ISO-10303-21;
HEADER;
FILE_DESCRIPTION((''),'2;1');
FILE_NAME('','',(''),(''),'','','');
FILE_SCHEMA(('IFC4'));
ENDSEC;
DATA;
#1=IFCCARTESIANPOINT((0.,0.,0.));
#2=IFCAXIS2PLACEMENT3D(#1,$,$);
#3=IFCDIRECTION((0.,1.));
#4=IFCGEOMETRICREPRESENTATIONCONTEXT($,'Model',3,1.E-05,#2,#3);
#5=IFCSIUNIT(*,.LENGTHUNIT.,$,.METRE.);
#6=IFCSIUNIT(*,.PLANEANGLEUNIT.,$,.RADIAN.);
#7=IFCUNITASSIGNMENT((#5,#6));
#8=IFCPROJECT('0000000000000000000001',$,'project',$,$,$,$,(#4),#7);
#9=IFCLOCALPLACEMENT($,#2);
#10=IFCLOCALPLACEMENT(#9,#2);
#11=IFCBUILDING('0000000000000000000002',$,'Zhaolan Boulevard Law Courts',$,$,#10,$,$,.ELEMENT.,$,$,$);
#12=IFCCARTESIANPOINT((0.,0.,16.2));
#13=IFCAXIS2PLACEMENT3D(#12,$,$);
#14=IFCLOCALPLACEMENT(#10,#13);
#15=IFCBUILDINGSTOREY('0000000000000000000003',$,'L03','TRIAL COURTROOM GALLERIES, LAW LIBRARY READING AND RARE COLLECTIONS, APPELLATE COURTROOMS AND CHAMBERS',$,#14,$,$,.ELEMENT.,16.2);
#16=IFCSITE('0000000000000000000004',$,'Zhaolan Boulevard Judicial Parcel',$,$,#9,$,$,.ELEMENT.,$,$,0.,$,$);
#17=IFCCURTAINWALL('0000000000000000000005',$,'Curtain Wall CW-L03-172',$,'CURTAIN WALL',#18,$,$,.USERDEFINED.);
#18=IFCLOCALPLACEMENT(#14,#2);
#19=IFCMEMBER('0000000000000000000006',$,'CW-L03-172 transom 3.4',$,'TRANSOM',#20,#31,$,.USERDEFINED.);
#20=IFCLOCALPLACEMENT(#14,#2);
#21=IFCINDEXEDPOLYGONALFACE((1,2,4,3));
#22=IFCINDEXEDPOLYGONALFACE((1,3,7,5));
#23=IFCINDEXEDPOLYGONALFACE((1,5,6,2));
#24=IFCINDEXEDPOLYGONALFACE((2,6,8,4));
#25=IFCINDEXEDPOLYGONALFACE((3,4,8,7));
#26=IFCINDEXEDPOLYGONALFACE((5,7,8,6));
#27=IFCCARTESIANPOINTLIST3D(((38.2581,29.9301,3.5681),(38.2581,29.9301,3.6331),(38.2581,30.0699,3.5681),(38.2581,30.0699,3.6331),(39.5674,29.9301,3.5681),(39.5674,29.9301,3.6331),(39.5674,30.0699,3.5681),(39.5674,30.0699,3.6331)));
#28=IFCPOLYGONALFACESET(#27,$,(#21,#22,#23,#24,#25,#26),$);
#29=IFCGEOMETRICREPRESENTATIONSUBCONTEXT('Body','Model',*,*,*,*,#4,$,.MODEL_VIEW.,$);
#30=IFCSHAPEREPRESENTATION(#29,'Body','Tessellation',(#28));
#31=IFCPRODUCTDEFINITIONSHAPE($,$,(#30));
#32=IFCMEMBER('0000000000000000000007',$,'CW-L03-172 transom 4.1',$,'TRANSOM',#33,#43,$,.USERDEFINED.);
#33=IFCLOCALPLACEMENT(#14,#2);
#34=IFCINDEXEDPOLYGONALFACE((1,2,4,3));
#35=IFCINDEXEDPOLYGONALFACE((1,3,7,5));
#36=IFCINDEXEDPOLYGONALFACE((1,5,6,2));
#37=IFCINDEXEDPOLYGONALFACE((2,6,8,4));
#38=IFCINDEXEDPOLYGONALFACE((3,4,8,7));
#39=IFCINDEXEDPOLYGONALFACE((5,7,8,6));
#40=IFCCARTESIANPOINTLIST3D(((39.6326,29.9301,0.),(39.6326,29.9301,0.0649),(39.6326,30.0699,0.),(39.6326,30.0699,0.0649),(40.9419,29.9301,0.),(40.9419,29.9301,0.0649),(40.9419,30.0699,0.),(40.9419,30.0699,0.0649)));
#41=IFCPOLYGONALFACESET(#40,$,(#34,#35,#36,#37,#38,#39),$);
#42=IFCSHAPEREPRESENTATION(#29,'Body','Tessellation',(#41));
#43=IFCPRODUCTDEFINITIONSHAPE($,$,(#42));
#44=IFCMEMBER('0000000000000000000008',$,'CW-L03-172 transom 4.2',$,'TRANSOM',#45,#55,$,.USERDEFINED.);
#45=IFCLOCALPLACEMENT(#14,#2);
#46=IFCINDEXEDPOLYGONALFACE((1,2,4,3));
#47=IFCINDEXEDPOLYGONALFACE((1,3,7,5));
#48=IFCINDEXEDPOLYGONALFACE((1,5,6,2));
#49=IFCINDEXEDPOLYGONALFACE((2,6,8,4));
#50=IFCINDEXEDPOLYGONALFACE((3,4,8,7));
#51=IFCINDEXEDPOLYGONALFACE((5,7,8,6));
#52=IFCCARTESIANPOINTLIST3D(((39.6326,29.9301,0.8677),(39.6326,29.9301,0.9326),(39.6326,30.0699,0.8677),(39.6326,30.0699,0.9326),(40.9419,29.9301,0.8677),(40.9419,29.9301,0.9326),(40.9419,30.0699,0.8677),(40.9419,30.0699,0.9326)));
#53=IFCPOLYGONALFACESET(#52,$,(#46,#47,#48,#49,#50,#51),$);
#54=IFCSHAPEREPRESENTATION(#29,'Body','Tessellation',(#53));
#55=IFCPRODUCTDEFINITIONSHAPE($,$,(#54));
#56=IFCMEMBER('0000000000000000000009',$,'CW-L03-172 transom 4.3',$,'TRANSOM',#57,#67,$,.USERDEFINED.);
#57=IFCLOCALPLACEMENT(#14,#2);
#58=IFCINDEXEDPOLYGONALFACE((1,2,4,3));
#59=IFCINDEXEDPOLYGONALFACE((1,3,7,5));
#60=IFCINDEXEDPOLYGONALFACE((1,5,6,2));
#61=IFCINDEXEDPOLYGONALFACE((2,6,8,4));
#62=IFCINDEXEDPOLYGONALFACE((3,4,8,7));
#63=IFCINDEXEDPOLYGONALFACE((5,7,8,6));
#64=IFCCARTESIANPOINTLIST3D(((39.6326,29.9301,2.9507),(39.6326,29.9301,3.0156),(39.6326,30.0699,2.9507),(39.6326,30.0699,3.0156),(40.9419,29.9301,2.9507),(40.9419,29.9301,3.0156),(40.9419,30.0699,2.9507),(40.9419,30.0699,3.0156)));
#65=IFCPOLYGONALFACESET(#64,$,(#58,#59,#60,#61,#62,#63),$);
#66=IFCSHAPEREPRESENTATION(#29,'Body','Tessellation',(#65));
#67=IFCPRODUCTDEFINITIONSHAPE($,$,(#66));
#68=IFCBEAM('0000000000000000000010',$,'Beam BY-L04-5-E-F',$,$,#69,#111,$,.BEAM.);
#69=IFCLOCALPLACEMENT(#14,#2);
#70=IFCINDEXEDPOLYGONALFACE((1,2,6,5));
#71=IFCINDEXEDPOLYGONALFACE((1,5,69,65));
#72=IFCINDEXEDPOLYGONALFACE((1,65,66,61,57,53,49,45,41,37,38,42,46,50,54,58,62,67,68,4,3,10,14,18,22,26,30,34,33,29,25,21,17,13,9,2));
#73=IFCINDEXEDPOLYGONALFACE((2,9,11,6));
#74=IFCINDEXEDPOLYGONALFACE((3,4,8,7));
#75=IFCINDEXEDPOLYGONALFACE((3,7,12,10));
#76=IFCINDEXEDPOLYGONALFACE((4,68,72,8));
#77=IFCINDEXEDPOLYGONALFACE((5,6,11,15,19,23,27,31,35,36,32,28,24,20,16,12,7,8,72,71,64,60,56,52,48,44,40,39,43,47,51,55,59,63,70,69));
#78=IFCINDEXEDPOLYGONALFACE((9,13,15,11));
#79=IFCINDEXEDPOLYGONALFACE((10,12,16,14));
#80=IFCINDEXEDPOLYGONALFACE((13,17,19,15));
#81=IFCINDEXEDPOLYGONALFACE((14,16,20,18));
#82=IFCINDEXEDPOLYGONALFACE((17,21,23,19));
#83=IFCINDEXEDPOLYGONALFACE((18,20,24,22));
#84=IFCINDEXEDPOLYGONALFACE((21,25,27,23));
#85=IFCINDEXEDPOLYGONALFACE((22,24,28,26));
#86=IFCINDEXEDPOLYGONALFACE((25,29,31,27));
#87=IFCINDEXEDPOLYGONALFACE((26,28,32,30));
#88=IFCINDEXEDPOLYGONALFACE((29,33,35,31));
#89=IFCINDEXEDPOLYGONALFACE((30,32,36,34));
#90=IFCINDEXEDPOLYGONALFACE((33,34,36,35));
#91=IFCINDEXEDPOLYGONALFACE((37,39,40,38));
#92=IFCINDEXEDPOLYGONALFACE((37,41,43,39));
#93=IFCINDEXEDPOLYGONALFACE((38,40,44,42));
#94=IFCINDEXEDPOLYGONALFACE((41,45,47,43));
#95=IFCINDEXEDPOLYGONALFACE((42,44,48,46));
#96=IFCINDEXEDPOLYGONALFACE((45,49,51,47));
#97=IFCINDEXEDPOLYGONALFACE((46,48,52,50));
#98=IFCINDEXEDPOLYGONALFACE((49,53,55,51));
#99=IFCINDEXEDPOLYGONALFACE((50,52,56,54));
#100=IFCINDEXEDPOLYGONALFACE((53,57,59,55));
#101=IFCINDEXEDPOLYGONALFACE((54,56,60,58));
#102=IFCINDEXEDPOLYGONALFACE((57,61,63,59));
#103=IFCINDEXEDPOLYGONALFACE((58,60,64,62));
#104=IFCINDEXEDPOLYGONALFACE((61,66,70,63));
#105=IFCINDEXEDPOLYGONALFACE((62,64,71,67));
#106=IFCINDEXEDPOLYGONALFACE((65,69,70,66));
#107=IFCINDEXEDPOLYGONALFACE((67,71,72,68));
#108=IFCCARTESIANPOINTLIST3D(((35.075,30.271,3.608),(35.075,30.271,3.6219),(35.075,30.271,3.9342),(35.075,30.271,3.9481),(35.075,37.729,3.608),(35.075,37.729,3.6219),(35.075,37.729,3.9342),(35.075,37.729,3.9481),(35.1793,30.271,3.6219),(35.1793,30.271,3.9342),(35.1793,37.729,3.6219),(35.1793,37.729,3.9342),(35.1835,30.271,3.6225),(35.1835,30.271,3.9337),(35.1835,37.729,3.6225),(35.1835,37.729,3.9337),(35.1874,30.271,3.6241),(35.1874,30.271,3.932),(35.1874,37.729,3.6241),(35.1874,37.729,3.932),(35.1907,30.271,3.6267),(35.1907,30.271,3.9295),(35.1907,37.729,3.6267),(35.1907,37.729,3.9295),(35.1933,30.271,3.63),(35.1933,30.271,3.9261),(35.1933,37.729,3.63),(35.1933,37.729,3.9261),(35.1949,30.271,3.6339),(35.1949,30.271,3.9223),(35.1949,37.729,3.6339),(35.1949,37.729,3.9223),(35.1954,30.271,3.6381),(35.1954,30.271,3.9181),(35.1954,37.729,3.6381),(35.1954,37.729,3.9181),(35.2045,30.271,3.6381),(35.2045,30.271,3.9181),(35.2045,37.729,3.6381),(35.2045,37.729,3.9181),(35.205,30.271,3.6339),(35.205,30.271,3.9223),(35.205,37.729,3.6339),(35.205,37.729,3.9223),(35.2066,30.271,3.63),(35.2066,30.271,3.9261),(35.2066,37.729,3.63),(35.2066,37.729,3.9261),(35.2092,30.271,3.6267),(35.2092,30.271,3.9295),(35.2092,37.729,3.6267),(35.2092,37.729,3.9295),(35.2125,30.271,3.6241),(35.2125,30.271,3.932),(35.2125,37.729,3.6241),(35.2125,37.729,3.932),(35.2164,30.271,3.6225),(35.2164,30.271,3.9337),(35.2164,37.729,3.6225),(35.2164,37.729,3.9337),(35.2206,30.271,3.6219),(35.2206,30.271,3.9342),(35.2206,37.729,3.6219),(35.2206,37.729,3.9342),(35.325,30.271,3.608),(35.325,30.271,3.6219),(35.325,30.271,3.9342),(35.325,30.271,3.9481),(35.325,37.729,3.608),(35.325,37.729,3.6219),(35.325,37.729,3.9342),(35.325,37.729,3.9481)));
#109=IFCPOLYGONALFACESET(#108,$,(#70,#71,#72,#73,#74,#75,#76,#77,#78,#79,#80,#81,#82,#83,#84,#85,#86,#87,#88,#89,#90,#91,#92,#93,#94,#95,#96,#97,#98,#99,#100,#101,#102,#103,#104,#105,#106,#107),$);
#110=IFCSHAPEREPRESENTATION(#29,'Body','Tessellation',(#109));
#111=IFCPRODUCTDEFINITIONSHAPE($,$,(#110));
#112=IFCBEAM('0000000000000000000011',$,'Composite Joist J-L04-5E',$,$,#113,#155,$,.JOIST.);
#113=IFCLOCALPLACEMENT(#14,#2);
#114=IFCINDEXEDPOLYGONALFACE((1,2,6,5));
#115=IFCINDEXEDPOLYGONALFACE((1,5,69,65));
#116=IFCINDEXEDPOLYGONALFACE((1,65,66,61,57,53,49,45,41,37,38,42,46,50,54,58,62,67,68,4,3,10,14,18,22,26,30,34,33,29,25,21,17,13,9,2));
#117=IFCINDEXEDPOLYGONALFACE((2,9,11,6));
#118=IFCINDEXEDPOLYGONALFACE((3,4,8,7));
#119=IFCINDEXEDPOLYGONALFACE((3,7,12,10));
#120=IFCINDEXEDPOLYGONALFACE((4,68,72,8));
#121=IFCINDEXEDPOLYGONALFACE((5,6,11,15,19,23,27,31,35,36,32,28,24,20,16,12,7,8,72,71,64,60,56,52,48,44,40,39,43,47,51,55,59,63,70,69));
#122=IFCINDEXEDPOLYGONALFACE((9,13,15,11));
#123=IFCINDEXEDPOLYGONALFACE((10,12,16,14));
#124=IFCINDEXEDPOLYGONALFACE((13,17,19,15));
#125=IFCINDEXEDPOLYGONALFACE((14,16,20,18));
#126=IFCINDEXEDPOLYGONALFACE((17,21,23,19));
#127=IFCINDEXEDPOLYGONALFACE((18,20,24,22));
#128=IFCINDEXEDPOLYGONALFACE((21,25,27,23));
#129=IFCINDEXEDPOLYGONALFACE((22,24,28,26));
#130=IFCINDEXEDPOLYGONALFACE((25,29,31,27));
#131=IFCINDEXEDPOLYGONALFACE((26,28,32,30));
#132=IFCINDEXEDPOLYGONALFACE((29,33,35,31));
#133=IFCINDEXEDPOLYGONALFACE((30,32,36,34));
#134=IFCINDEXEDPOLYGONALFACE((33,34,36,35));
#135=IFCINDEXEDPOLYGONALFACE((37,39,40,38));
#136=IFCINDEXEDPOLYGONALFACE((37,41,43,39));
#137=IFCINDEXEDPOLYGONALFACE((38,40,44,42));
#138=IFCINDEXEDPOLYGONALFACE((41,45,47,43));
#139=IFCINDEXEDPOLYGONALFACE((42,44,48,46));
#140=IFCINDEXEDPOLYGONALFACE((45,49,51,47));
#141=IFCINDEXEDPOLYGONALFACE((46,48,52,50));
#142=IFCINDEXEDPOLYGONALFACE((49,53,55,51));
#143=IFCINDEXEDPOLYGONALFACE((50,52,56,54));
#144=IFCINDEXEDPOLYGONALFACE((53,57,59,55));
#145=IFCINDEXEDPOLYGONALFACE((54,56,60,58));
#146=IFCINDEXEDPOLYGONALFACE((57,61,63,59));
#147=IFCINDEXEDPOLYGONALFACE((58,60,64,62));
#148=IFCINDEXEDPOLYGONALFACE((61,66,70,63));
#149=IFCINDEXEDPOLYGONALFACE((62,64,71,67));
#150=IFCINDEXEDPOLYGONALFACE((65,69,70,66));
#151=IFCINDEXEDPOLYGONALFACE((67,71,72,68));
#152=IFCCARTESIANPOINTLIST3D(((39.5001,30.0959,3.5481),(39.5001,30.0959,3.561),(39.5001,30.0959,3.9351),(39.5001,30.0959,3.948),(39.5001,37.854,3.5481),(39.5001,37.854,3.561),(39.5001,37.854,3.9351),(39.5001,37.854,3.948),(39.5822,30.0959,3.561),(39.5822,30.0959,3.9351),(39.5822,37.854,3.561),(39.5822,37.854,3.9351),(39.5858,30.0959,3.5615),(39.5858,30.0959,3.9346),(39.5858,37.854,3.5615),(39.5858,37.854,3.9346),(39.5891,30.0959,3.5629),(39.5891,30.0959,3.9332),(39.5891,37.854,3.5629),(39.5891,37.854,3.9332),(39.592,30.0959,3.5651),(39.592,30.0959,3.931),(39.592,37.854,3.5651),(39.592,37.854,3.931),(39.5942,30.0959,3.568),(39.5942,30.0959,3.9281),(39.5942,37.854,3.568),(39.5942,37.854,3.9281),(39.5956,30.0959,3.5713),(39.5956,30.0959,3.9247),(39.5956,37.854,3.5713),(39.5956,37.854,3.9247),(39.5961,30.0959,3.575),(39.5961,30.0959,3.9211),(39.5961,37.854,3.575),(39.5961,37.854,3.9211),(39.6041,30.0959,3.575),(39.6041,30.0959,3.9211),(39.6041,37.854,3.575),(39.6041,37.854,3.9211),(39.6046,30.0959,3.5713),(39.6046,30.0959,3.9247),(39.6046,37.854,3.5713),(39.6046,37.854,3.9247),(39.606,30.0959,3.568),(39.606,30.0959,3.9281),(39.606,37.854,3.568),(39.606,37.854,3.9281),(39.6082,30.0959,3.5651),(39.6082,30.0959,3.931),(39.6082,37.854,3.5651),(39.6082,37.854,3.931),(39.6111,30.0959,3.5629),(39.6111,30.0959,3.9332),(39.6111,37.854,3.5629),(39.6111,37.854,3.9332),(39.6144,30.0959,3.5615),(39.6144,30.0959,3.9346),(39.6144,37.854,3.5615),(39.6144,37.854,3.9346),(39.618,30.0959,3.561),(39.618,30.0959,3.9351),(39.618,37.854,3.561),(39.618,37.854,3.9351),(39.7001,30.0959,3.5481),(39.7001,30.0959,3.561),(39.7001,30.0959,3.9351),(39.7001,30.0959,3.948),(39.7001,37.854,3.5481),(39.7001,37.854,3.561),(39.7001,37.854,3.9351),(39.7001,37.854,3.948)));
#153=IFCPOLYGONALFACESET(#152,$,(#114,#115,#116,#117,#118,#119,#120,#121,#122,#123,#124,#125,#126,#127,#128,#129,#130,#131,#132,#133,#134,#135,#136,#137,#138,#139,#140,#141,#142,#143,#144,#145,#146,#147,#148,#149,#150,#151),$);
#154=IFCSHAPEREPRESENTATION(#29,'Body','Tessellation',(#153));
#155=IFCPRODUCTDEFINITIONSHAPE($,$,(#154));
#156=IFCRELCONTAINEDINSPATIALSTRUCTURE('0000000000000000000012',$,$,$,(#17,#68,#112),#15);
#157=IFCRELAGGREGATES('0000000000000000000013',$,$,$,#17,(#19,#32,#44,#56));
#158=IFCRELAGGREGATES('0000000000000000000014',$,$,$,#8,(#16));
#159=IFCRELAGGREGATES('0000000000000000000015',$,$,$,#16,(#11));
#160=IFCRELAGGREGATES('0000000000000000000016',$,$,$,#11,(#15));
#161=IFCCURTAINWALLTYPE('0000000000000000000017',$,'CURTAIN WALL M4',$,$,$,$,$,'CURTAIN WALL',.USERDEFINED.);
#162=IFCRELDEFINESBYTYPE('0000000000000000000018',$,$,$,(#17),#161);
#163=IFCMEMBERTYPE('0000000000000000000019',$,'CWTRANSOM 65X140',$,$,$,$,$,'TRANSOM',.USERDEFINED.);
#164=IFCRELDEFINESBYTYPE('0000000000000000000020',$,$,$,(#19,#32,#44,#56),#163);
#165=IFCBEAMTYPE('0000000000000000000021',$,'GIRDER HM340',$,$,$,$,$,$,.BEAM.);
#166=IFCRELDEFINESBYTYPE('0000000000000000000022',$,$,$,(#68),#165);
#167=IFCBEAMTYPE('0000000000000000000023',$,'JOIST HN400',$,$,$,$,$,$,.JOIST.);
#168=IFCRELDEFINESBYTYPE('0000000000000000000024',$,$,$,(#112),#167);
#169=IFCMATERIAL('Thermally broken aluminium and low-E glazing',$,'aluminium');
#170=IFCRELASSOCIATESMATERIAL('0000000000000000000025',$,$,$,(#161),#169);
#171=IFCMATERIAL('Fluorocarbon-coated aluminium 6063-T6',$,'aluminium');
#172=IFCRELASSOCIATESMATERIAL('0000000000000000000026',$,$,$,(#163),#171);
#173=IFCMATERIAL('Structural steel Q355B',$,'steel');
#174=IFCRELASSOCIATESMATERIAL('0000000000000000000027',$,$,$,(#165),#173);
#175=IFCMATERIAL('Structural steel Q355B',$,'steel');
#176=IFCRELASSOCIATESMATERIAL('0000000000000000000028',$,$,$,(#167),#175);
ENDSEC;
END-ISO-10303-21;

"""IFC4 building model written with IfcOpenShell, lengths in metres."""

from ifc_helpers import new_model, si_unit, direction, frame, origin, origin_2d, place, context, subcontext, project, spatial, rectangle, i_section, extrude, material, material_profile, profile_set, type_object, element, aggregate, save


model = new_model("IFC4")

# Units and contexts
model_context = context("Model", 3, precision=1e-05, world=origin(), true_north=direction((0.0, 1.0)))
body_context = subcontext(model_context, "Body", "Model", "MODEL_VIEW")
ifc_project = project(units=[si_unit("LENGTHUNIT", "METRE"), si_unit("PLANEANGLEUNIT", "RADIAN")], contexts=[model_context])

# Site, building, storey
site_placement = place(None, origin())
site = spatial("IfcSite", under=ifc_project, at=site_placement, Name="Zhaolan Boulevard Judicial Parcel", CompositionType="ELEMENT", RefElevation=0.0)
building_placement = place(site_placement, origin())
building = spatial("IfcBuilding", under=site, at=building_placement, Name="Zhaolan Boulevard Law Courts", CompositionType="ELEMENT")
storey_placement = place(building_placement, frame((0.0, 0.0, 16.2)))
storey = spatial("IfcBuildingStorey", under=building, at=storey_placement, Name="L03", Description="TRIAL COURTROOM GALLERIES, LAW LIBRARY READING AND RARE COLLECTIONS, APPELLATE COURTROOMS AND CHAMBERS", CompositionType="ELEMENT", Elevation=16.2)

# Curtain wall, members
ifc_material_1 = material(Name="Thermally broken aluminium and low-E glazing", Category="aluminium")
curtain_wall_type = type_object("IfcCurtainWallType", Name="CURTAIN WALL M4", ElementType="CURTAIN WALL", PredefinedType="USERDEFINED", material=ifc_material_1)
curtain_wall_placement = place(storey_placement, origin())
curtain_wall = element("IfcCurtainWall", 1, at=curtain_wall_placement, inside=storey, type_object=curtain_wall_type, Name="Curtain Wall CW-L03-172", ObjectType="CURTAIN WALL", PredefinedType="USERDEFINED")
ifc_material_2 = material(Name="Fluorocarbon-coated aluminium 6063-T6", Category="aluminium")
ifc_material_profile_1 = material_profile(ifc_material_2, rectangle(XDim=0.1399, YDim=0.0649, at=origin_2d()), Name="AL65x140")
ifc_profile_set_1 = profile_set([ifc_material_profile_1], Name="Fluorocarbon-coated aluminium 6063-T6")
member_type_1 = type_object("IfcMemberType", Name="CWTRANSOM 65X140", ElementType="TRANSOM", PredefinedType="USERDEFINED", material=ifc_profile_set_1)
member_1_placement = place(storey_placement, frame((38.2581, 30.0, 3.6006), z_axis=(1.0, 0.0, 0.0), x_axis=(0.0, 1.0, 0.0)))
member_1 = element("IfcMember", 2, at=member_1_placement, type_object=member_type_1, Name="CW-L03-172 transom 3.4", ObjectType="TRANSOM", PredefinedType="USERDEFINED", context=body_context, shape_type="SweptSolid", body=[
    extrude(rectangle(XDim=0.1399, YDim=0.0649, at=origin_2d()), origin(), (0.0, 0.0, 1.0), 1.3093),
])
member_2_placement = place(storey_placement, frame((39.6326, 30.0, 0.0325), z_axis=(1.0, 0.0, 0.0), x_axis=(0.0, 1.0, 0.0)))
member_2 = element("IfcMember", 3, at=member_2_placement, type_object=member_type_1, Name="CW-L03-172 transom 4.1", ObjectType="TRANSOM", PredefinedType="USERDEFINED", context=body_context, shape_type="SweptSolid", body=[
    extrude(rectangle(XDim=0.1399, YDim=0.0649, at=origin_2d()), origin(), (0.0, 0.0, 1.0), 1.3093),
])
member_3_placement = place(storey_placement, frame((39.6326, 30.0, 0.9001), z_axis=(1.0, 0.0, 0.0), x_axis=(0.0, 1.0, 0.0)))
member_3 = element("IfcMember", 4, at=member_3_placement, type_object=member_type_1, Name="CW-L03-172 transom 4.2", ObjectType="TRANSOM", PredefinedType="USERDEFINED", context=body_context, shape_type="SweptSolid", body=[
    extrude(rectangle(XDim=0.1399, YDim=0.0649, at=origin_2d()), origin(), (0.0, 0.0, 1.0), 1.3093),
])
member_4_placement = place(storey_placement, frame((39.6326, 30.0, 2.9832), z_axis=(1.0, 0.0, 0.0), x_axis=(0.0, 1.0, 0.0)))
member_4 = element("IfcMember", 5, at=member_4_placement, type_object=member_type_1, Name="CW-L03-172 transom 4.3", ObjectType="TRANSOM", PredefinedType="USERDEFINED", context=body_context, shape_type="SweptSolid", body=[
    extrude(rectangle(XDim=0.1399, YDim=0.0649, at=origin_2d()), origin(), (0.0, 0.0, 1.0), 1.3093),
])

# Beams
ifc_material_3 = material(Name="Structural steel Q355B", Category="steel")
ifc_material_profile_2 = material_profile(ifc_material_3, i_section(OverallWidth=0.25, OverallDepth=0.3401, WebThickness=0.009, FlangeThickness=0.0139, FilletRadius=0.0161, at=origin_2d()), Name="HM340x250")
ifc_profile_set_2 = profile_set([ifc_material_profile_2], Name="Structural steel Q355B")
beam_type_1 = type_object("IfcBeamType", Name="GIRDER HM340", PredefinedType="BEAM", material=ifc_profile_set_2)
beam_1_placement = place(storey_placement, frame((35.2, 30.271, 3.7781), z_axis=(0.0, 1.0, 0.0), x_axis=(-1.0, 0.0, 0.0)))
element("IfcBeam", 6, at=beam_1_placement, inside=storey, type_object=beam_type_1, Name="Beam BY-L04-5-E-F", PredefinedType="BEAM", context=body_context, shape_type="SweptSolid", body=[
    extrude(i_section(OverallWidth=0.25, OverallDepth=0.3401, WebThickness=0.009, FlangeThickness=0.0139, FilletRadius=0.0161, at=origin_2d()), origin(), (0.0, 0.0, 1.0), 7.458),
])
ifc_material_4 = material(Name="Structural steel Q355B", Category="steel")
ifc_material_profile_3 = material_profile(ifc_material_4, i_section(OverallWidth=0.2, OverallDepth=0.3999, WebThickness=0.0081, FlangeThickness=0.0129, FilletRadius=0.0139, at=origin_2d()), Name="HN400x200")
ifc_profile_set_3 = profile_set([ifc_material_profile_3], Name="Structural steel Q355B")
beam_type_2 = type_object("IfcBeamType", Name="JOIST HN400", PredefinedType="JOIST", material=ifc_profile_set_3)
beam_2_placement = place(storey_placement, frame((39.6001, 30.0959, 3.748), z_axis=(0.0, 1.0, 0.0), x_axis=(-1.0, 0.0, 0.0)))
element("IfcBeam", 7, at=beam_2_placement, inside=storey, type_object=beam_type_2, Name="Composite Joist J-L04-5E", PredefinedType="JOIST", context=body_context, shape_type="SweptSolid", body=[
    extrude(i_section(OverallWidth=0.2, OverallDepth=0.3999, WebThickness=0.0081, FlangeThickness=0.0129, FilletRadius=0.0139, at=origin_2d()), origin(), (0.0, 0.0, 1.0), 7.7581),
])

aggregate(curtain_wall, [member_1, member_2, member_3, member_4])

save(model, "model.ifc")
